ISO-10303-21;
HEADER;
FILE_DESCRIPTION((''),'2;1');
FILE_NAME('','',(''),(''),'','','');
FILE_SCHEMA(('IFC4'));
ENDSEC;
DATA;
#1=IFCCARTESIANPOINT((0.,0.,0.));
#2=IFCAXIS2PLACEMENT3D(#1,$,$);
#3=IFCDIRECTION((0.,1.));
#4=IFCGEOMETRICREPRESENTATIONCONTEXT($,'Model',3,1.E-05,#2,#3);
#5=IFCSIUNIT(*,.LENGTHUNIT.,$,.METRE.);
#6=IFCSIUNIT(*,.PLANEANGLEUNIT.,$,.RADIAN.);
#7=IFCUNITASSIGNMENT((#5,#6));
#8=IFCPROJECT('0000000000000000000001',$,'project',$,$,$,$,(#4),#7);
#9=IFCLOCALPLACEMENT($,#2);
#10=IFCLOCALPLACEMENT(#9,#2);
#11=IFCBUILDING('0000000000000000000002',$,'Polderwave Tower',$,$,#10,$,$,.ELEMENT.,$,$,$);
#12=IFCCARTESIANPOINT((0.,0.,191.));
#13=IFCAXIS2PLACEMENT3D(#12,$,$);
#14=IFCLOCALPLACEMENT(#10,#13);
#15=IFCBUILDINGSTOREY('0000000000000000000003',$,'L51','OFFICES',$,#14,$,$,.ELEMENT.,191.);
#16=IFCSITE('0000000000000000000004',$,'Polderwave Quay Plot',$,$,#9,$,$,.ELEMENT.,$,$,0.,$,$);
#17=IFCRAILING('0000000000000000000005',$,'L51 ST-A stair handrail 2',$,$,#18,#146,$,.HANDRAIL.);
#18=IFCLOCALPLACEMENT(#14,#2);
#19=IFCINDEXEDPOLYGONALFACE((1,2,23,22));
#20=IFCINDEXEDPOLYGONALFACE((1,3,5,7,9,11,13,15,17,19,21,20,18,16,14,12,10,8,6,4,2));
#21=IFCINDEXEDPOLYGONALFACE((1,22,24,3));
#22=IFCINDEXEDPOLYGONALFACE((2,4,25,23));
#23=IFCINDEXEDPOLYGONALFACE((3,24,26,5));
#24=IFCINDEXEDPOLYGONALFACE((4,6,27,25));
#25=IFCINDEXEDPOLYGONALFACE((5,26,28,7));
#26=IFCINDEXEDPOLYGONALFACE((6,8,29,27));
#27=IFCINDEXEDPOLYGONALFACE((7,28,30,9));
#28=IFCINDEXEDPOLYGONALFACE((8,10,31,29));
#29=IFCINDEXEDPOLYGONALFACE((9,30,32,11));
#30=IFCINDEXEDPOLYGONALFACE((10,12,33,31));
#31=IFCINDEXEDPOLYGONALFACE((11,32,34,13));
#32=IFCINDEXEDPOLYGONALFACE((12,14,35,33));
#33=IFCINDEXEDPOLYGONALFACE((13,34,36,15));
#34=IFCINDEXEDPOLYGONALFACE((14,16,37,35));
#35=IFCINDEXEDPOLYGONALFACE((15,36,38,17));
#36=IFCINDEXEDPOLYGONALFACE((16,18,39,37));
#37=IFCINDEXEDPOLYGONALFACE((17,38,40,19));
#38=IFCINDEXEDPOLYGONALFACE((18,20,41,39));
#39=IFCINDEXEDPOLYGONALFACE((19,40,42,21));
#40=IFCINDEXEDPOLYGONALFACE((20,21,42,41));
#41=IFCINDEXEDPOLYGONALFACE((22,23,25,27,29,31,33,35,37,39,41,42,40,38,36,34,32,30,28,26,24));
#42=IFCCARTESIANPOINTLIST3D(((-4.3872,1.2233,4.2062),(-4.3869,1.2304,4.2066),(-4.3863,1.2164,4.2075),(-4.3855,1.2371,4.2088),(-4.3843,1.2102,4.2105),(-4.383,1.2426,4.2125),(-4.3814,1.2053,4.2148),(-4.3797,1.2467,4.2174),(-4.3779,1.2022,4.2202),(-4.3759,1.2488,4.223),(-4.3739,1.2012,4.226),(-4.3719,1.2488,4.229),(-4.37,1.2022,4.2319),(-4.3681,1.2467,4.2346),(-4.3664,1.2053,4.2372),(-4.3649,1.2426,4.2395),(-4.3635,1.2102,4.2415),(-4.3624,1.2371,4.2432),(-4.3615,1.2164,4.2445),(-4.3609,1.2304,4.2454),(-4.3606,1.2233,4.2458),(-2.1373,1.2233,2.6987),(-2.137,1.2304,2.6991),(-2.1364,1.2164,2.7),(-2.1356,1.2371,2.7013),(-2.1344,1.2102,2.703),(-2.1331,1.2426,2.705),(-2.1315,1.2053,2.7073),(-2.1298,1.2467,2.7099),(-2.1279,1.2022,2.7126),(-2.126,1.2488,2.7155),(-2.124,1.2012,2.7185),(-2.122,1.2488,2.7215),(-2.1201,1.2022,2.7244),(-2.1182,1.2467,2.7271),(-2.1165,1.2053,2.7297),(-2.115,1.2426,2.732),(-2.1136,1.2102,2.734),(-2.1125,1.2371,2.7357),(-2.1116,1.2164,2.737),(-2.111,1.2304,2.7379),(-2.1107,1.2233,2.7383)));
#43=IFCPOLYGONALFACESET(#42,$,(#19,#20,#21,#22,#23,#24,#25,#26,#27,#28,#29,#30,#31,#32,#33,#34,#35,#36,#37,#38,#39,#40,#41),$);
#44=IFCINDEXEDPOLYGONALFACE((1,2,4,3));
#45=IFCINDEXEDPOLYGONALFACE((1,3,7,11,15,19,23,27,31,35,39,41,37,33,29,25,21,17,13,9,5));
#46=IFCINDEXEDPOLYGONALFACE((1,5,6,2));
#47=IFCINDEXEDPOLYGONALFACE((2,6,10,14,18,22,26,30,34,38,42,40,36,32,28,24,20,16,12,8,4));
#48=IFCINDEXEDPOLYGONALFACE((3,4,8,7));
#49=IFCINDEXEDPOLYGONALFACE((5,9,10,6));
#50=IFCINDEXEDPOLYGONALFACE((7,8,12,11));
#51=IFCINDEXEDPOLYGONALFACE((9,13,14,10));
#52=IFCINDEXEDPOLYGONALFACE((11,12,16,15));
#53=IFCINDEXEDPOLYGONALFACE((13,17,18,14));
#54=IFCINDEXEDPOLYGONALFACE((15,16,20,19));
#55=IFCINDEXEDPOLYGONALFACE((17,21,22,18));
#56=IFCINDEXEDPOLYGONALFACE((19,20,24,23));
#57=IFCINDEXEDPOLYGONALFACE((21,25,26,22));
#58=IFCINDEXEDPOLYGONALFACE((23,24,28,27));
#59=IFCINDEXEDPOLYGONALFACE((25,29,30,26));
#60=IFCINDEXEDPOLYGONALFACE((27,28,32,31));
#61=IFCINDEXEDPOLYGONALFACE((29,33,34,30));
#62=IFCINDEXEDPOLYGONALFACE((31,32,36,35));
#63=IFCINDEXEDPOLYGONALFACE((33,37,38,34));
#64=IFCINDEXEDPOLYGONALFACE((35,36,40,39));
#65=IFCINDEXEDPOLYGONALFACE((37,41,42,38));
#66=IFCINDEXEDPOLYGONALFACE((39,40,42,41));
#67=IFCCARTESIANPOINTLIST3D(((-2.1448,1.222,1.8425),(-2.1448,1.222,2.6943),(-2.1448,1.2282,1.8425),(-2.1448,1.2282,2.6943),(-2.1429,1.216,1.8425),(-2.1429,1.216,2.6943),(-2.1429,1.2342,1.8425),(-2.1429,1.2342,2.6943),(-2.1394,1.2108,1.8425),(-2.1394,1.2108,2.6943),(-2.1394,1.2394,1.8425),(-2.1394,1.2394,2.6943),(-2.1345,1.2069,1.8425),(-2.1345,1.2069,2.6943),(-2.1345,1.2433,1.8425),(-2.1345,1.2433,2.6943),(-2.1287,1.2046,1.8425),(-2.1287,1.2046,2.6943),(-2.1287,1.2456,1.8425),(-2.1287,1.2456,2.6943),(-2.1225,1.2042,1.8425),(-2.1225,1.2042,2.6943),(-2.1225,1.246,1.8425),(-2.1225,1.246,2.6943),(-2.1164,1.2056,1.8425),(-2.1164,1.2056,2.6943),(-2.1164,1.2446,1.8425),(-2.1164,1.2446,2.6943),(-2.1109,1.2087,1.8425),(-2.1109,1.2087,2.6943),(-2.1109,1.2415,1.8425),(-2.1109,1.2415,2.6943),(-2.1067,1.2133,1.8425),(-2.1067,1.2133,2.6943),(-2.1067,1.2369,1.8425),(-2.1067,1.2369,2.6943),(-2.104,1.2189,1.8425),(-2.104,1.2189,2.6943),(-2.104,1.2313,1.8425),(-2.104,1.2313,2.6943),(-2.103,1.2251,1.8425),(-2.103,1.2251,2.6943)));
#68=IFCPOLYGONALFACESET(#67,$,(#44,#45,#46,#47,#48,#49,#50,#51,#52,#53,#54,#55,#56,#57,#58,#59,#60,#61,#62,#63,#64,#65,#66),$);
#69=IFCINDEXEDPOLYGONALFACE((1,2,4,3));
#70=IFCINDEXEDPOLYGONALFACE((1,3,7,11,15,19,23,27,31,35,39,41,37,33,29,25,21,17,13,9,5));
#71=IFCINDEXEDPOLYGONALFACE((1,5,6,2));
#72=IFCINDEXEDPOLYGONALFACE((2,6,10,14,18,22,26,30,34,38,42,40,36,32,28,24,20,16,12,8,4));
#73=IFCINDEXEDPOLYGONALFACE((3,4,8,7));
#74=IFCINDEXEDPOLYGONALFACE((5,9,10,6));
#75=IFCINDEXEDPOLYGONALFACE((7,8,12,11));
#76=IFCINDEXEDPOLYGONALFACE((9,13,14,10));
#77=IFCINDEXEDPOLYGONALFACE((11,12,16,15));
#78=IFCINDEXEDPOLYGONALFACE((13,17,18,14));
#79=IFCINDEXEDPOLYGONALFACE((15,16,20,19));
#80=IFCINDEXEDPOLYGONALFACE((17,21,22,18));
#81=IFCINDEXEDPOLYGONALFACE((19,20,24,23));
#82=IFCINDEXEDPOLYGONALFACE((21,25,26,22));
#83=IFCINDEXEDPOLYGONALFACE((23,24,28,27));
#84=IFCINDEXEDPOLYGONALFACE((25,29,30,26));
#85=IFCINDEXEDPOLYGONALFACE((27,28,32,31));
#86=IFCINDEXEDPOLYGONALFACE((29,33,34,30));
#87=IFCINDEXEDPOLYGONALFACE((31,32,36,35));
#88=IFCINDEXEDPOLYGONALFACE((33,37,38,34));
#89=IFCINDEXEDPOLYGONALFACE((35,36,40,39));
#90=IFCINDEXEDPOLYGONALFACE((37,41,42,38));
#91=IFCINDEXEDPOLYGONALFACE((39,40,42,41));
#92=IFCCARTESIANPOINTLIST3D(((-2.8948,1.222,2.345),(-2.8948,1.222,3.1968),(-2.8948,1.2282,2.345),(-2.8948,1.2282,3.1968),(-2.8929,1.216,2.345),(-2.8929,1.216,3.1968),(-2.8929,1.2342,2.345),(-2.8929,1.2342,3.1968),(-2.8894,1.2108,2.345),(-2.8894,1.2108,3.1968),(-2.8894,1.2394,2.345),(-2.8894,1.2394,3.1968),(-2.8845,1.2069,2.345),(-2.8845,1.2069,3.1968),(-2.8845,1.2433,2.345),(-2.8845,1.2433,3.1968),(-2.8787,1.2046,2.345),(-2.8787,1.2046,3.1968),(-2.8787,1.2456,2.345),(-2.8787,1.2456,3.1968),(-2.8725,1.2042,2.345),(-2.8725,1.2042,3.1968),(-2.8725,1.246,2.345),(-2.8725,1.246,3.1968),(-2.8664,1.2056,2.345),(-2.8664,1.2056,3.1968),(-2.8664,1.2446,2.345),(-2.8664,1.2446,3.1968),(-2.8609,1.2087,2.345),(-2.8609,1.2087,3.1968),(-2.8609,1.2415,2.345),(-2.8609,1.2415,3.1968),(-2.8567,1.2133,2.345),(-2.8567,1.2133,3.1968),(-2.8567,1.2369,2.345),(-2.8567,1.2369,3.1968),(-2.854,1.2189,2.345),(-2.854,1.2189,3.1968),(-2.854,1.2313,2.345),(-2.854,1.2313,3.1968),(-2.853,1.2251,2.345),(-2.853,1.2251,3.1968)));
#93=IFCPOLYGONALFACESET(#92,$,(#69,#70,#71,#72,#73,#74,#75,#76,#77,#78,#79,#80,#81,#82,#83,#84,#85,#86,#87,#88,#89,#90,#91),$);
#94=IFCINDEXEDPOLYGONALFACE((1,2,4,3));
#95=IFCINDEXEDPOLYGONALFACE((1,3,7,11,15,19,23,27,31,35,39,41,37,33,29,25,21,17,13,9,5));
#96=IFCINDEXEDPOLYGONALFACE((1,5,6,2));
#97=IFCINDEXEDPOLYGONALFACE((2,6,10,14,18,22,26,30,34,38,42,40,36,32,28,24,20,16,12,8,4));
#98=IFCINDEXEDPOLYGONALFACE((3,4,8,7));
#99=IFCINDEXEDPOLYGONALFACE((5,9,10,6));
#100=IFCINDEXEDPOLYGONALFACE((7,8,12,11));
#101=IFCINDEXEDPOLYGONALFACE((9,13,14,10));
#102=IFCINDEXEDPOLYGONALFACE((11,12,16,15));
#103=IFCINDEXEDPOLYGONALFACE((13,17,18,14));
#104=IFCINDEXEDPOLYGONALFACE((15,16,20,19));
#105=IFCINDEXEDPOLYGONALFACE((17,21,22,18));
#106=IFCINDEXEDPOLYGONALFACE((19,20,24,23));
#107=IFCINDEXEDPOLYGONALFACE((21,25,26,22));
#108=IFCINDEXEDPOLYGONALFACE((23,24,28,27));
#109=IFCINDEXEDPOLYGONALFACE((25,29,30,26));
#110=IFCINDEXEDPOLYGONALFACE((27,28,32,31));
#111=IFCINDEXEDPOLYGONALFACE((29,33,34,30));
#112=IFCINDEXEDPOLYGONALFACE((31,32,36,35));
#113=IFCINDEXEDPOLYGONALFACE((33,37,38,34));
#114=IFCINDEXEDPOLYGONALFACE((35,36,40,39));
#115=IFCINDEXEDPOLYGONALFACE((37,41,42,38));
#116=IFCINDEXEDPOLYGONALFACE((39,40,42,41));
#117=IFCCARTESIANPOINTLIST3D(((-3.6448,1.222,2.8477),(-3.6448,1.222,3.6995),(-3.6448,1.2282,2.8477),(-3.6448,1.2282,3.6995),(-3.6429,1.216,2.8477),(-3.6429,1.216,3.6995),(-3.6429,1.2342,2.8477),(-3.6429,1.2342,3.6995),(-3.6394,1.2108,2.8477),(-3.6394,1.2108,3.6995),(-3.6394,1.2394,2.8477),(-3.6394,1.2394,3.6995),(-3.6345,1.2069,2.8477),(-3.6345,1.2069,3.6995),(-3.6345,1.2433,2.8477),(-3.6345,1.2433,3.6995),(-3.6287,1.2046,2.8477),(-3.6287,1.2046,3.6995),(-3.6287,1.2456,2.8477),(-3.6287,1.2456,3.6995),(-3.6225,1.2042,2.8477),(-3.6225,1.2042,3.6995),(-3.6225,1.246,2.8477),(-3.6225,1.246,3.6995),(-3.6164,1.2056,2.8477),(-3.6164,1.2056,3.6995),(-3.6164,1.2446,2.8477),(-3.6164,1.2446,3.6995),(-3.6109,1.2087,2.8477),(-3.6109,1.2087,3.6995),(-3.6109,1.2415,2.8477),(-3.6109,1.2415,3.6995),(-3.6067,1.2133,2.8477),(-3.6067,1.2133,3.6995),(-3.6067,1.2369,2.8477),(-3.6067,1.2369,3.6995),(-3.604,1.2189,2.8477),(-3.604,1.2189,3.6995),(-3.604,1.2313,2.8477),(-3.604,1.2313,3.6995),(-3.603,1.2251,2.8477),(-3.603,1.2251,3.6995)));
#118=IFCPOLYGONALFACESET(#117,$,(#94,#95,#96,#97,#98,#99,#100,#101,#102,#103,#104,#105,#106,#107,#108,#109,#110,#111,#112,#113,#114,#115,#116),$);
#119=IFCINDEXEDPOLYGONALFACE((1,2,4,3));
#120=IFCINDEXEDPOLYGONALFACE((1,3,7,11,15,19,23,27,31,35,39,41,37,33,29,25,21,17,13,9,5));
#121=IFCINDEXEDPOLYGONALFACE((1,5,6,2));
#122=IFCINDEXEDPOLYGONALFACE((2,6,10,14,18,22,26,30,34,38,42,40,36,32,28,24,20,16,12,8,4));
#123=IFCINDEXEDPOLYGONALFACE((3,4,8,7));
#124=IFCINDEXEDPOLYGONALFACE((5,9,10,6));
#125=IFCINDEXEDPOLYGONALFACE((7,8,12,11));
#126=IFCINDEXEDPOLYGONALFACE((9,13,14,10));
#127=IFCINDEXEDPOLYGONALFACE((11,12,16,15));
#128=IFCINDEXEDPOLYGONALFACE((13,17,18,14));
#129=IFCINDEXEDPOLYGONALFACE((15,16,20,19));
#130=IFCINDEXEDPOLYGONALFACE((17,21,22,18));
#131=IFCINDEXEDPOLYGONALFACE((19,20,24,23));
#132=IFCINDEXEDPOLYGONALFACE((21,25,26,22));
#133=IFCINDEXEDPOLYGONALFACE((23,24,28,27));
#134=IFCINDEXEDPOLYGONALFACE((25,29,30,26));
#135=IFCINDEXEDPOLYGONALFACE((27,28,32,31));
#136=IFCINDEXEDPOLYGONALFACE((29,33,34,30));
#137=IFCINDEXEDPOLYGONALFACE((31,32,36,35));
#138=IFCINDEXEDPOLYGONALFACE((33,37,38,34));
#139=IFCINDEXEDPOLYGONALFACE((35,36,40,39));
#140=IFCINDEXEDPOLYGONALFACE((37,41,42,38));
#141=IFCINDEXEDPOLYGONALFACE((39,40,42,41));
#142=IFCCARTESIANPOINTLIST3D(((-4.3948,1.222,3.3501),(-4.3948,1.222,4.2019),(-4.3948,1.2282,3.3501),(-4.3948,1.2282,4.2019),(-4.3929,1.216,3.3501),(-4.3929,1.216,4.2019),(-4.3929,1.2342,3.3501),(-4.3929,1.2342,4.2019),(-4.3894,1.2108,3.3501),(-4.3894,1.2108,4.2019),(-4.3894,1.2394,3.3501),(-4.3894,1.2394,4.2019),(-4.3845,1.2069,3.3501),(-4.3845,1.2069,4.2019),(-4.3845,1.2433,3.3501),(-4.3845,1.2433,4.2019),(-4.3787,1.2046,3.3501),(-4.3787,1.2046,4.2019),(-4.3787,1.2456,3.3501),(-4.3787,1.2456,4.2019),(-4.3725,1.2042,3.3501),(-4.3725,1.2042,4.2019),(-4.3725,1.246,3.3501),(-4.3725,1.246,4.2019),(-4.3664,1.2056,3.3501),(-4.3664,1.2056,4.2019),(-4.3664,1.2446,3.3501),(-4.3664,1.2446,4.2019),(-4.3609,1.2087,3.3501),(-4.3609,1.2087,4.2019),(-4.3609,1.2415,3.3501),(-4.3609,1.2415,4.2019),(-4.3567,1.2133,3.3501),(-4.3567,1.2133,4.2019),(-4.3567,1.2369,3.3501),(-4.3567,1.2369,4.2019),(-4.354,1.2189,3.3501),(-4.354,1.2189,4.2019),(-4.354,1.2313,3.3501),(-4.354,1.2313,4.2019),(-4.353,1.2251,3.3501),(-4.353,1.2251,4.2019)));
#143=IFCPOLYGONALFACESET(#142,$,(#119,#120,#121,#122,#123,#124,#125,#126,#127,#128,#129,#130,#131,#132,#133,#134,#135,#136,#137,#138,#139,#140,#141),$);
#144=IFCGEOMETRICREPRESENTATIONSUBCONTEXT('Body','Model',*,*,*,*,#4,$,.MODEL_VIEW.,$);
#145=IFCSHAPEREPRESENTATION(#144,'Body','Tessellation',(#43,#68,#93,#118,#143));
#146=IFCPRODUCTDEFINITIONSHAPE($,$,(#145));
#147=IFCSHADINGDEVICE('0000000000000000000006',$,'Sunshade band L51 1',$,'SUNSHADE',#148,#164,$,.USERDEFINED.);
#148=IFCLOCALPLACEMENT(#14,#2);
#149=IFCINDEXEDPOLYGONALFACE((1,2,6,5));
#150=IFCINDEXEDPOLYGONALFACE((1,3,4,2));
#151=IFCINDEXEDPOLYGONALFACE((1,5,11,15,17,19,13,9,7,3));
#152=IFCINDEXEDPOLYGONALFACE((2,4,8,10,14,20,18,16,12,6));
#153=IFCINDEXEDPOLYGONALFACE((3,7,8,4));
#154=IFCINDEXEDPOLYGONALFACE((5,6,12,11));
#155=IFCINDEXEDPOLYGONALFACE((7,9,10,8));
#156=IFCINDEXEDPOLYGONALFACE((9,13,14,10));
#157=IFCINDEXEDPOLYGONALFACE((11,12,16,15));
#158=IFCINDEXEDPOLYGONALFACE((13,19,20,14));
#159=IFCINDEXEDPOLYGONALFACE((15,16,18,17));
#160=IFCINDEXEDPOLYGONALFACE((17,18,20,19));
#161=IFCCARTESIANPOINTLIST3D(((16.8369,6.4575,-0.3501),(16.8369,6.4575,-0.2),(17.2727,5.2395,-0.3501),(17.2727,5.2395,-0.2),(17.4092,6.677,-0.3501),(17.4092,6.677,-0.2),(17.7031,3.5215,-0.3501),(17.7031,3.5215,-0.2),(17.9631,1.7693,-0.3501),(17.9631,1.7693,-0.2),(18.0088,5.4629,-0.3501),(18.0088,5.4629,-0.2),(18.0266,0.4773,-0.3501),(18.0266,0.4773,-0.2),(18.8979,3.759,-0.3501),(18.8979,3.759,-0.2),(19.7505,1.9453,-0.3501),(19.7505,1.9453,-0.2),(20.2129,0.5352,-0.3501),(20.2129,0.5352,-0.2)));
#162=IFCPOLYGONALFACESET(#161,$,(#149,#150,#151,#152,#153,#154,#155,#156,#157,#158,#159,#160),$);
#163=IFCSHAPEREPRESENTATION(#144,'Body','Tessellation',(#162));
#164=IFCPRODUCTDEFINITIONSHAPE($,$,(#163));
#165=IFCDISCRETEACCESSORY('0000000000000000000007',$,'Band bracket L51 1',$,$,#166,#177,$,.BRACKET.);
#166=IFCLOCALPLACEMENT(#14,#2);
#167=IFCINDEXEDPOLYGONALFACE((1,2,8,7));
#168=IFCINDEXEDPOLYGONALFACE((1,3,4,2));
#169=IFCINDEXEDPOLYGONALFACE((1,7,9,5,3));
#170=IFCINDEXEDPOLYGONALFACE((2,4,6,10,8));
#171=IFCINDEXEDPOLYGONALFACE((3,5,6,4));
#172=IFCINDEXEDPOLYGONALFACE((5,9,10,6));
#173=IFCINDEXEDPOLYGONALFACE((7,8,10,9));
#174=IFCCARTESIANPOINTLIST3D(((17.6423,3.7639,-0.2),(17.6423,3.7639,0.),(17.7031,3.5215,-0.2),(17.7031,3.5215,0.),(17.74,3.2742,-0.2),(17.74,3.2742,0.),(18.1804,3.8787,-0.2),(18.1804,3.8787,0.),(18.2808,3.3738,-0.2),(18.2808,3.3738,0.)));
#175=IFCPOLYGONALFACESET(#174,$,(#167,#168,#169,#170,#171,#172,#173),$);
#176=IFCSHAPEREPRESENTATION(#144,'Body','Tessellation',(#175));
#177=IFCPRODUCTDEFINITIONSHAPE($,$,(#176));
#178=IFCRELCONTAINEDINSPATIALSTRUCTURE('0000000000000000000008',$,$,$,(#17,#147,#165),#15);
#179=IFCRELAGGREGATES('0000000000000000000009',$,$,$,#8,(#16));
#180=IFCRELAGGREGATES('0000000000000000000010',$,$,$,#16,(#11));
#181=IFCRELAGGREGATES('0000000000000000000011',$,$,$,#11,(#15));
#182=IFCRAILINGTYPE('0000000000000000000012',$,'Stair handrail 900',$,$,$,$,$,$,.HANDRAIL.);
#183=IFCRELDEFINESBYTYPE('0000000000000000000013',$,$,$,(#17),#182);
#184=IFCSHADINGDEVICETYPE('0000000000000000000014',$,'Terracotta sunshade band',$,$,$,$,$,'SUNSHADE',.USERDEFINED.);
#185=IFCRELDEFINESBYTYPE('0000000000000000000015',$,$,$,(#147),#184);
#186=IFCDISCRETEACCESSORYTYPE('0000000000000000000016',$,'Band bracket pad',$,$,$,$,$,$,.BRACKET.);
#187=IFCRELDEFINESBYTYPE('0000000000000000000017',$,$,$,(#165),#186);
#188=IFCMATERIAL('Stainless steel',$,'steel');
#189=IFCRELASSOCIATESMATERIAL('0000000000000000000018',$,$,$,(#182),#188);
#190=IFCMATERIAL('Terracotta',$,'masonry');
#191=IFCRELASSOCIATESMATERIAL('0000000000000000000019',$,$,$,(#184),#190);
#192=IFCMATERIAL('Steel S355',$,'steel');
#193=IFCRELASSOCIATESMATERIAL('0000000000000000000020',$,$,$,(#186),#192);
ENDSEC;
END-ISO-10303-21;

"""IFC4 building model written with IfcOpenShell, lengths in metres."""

from ifc_helpers import new_model, si_unit, direction, frame, origin, origin_2d, place, context, subcontext, project, spatial, polyline, circle, outline, extrude, material, type_object, element, save


model = new_model("IFC4")

# Units and contexts
model_context = context("Model", 3, precision=1e-05, world=origin(), true_north=direction((0.0, 1.0)))
body_context = subcontext(model_context, "Body", "Model", "MODEL_VIEW")
ifc_project = project(units=[si_unit("LENGTHUNIT", "METRE"), si_unit("PLANEANGLEUNIT", "RADIAN")], contexts=[model_context])

# Site, building, storey
site_placement = place(None, origin())
site = spatial("IfcSite", under=ifc_project, at=site_placement, Name="Polderwave Quay Plot", CompositionType="ELEMENT", RefElevation=0.0)
building_placement = place(site_placement, origin())
building = spatial("IfcBuilding", under=site, at=building_placement, Name="Polderwave Tower", CompositionType="ELEMENT")
storey_placement = place(building_placement, frame((0.0, 0.0, 191.0)))
storey = spatial("IfcBuildingStorey", under=building, at=storey_placement, Name="L51", Description="OFFICES", CompositionType="ELEMENT", Elevation=191.0)

# Shared definitions
ifc_material_1 = material(Name="Stainless steel", Category="steel")

# Railing
railing_type_1 = type_object("IfcRailingType", Name="Stair handrail 900", PredefinedType="HANDRAIL", material=ifc_material_1)
railing_1_placement = place(storey_placement, frame((-2.124, 1.2251, 1.8425)))
element("IfcRailing", 1, at=railing_1_placement, inside=storey, type_object=railing_type_1, Name="L51 ST-A stair handrail 2", PredefinedType="HANDRAIL", context=body_context, shape_type="SweptSolid", body=[
    extrude(circle(Radius=0.0239, at=origin_2d()), frame((0.0, 0.0, 0.876), z_axis=(-0.830758, 0.0, 0.556633), x_axis=(0.0, -1.0, 0.0)), (0.0, 0.0, 1.0), 2.7083),
    extrude(circle(Radius=0.021, at=origin_2d()), origin(), (0.0, 0.0, 1.0), 0.8518),
    extrude(circle(Radius=0.021, at=origin_2d()), frame((-0.75, 0.0, 0.5024)), (0.0, 0.0, 1.0), 0.8518),
    extrude(circle(Radius=0.021, at=origin_2d()), frame((-1.5, 0.0, 1.0051)), (0.0, 0.0, 1.0), 0.8518),
    extrude(circle(Radius=0.021, at=origin_2d()), frame((-2.25, 0.0, 1.5076)), (0.0, 0.0, 1.0), 0.8518),
])

# Shading device
ifc_material_2 = material(Name="Terracotta", Category="masonry")
shading_device_type = type_object("IfcShadingDeviceType", Name="Terracotta sunshade band", ElementType="SUNSHADE", PredefinedType="USERDEFINED", material=ifc_material_2)
shading_device_placement = place(storey_placement, frame((0.0, 0.0, -0.3501)))
element("IfcShadingDevice", 2, at=shading_device_placement, inside=storey, type_object=shading_device_type, Name="Sunshade band L51 1", ObjectType="SUNSHADE", PredefinedType="USERDEFINED", context=body_context, shape_type="SweptSolid", body=[
    extrude(outline(polyline([(18.0266, 0.4773), (17.9631, 1.7693), (17.7031, 3.5215), (17.2727, 5.2395), (16.8369, 6.4575), (17.4092, 6.677), (18.0088, 5.4629), (18.8979, 3.759), (19.7505, 1.9453), (20.2129, 0.5352), (18.0266, 0.4773)])), origin(), (0.0, 0.0, 1.0), 0.1501),
])

# Discrete accessory
ifc_material_3 = material(Name="Steel S355", Category="steel")
discrete_accessory_type = type_object("IfcDiscreteAccessoryType", Name="Band bracket pad", PredefinedType="BRACKET", material=ifc_material_3)
discrete_accessory_placement = place(storey_placement, frame((0.0, 0.0, -0.2)))
element("IfcDiscreteAccessory", 3, at=discrete_accessory_placement, inside=storey, type_object=discrete_accessory_type, Name="Band bracket L51 1", PredefinedType="BRACKET", context=body_context, shape_type="SweptSolid", body=[
    extrude(outline(polyline([(17.74, 3.2742), (17.7031, 3.5215), (17.6423, 3.7639), (18.1804, 3.8787), (18.2808, 3.3738), (17.74, 3.2742)])), origin(), (0.0, 0.0, 1.0), 0.2),
])

save(model, "model.ifc")
